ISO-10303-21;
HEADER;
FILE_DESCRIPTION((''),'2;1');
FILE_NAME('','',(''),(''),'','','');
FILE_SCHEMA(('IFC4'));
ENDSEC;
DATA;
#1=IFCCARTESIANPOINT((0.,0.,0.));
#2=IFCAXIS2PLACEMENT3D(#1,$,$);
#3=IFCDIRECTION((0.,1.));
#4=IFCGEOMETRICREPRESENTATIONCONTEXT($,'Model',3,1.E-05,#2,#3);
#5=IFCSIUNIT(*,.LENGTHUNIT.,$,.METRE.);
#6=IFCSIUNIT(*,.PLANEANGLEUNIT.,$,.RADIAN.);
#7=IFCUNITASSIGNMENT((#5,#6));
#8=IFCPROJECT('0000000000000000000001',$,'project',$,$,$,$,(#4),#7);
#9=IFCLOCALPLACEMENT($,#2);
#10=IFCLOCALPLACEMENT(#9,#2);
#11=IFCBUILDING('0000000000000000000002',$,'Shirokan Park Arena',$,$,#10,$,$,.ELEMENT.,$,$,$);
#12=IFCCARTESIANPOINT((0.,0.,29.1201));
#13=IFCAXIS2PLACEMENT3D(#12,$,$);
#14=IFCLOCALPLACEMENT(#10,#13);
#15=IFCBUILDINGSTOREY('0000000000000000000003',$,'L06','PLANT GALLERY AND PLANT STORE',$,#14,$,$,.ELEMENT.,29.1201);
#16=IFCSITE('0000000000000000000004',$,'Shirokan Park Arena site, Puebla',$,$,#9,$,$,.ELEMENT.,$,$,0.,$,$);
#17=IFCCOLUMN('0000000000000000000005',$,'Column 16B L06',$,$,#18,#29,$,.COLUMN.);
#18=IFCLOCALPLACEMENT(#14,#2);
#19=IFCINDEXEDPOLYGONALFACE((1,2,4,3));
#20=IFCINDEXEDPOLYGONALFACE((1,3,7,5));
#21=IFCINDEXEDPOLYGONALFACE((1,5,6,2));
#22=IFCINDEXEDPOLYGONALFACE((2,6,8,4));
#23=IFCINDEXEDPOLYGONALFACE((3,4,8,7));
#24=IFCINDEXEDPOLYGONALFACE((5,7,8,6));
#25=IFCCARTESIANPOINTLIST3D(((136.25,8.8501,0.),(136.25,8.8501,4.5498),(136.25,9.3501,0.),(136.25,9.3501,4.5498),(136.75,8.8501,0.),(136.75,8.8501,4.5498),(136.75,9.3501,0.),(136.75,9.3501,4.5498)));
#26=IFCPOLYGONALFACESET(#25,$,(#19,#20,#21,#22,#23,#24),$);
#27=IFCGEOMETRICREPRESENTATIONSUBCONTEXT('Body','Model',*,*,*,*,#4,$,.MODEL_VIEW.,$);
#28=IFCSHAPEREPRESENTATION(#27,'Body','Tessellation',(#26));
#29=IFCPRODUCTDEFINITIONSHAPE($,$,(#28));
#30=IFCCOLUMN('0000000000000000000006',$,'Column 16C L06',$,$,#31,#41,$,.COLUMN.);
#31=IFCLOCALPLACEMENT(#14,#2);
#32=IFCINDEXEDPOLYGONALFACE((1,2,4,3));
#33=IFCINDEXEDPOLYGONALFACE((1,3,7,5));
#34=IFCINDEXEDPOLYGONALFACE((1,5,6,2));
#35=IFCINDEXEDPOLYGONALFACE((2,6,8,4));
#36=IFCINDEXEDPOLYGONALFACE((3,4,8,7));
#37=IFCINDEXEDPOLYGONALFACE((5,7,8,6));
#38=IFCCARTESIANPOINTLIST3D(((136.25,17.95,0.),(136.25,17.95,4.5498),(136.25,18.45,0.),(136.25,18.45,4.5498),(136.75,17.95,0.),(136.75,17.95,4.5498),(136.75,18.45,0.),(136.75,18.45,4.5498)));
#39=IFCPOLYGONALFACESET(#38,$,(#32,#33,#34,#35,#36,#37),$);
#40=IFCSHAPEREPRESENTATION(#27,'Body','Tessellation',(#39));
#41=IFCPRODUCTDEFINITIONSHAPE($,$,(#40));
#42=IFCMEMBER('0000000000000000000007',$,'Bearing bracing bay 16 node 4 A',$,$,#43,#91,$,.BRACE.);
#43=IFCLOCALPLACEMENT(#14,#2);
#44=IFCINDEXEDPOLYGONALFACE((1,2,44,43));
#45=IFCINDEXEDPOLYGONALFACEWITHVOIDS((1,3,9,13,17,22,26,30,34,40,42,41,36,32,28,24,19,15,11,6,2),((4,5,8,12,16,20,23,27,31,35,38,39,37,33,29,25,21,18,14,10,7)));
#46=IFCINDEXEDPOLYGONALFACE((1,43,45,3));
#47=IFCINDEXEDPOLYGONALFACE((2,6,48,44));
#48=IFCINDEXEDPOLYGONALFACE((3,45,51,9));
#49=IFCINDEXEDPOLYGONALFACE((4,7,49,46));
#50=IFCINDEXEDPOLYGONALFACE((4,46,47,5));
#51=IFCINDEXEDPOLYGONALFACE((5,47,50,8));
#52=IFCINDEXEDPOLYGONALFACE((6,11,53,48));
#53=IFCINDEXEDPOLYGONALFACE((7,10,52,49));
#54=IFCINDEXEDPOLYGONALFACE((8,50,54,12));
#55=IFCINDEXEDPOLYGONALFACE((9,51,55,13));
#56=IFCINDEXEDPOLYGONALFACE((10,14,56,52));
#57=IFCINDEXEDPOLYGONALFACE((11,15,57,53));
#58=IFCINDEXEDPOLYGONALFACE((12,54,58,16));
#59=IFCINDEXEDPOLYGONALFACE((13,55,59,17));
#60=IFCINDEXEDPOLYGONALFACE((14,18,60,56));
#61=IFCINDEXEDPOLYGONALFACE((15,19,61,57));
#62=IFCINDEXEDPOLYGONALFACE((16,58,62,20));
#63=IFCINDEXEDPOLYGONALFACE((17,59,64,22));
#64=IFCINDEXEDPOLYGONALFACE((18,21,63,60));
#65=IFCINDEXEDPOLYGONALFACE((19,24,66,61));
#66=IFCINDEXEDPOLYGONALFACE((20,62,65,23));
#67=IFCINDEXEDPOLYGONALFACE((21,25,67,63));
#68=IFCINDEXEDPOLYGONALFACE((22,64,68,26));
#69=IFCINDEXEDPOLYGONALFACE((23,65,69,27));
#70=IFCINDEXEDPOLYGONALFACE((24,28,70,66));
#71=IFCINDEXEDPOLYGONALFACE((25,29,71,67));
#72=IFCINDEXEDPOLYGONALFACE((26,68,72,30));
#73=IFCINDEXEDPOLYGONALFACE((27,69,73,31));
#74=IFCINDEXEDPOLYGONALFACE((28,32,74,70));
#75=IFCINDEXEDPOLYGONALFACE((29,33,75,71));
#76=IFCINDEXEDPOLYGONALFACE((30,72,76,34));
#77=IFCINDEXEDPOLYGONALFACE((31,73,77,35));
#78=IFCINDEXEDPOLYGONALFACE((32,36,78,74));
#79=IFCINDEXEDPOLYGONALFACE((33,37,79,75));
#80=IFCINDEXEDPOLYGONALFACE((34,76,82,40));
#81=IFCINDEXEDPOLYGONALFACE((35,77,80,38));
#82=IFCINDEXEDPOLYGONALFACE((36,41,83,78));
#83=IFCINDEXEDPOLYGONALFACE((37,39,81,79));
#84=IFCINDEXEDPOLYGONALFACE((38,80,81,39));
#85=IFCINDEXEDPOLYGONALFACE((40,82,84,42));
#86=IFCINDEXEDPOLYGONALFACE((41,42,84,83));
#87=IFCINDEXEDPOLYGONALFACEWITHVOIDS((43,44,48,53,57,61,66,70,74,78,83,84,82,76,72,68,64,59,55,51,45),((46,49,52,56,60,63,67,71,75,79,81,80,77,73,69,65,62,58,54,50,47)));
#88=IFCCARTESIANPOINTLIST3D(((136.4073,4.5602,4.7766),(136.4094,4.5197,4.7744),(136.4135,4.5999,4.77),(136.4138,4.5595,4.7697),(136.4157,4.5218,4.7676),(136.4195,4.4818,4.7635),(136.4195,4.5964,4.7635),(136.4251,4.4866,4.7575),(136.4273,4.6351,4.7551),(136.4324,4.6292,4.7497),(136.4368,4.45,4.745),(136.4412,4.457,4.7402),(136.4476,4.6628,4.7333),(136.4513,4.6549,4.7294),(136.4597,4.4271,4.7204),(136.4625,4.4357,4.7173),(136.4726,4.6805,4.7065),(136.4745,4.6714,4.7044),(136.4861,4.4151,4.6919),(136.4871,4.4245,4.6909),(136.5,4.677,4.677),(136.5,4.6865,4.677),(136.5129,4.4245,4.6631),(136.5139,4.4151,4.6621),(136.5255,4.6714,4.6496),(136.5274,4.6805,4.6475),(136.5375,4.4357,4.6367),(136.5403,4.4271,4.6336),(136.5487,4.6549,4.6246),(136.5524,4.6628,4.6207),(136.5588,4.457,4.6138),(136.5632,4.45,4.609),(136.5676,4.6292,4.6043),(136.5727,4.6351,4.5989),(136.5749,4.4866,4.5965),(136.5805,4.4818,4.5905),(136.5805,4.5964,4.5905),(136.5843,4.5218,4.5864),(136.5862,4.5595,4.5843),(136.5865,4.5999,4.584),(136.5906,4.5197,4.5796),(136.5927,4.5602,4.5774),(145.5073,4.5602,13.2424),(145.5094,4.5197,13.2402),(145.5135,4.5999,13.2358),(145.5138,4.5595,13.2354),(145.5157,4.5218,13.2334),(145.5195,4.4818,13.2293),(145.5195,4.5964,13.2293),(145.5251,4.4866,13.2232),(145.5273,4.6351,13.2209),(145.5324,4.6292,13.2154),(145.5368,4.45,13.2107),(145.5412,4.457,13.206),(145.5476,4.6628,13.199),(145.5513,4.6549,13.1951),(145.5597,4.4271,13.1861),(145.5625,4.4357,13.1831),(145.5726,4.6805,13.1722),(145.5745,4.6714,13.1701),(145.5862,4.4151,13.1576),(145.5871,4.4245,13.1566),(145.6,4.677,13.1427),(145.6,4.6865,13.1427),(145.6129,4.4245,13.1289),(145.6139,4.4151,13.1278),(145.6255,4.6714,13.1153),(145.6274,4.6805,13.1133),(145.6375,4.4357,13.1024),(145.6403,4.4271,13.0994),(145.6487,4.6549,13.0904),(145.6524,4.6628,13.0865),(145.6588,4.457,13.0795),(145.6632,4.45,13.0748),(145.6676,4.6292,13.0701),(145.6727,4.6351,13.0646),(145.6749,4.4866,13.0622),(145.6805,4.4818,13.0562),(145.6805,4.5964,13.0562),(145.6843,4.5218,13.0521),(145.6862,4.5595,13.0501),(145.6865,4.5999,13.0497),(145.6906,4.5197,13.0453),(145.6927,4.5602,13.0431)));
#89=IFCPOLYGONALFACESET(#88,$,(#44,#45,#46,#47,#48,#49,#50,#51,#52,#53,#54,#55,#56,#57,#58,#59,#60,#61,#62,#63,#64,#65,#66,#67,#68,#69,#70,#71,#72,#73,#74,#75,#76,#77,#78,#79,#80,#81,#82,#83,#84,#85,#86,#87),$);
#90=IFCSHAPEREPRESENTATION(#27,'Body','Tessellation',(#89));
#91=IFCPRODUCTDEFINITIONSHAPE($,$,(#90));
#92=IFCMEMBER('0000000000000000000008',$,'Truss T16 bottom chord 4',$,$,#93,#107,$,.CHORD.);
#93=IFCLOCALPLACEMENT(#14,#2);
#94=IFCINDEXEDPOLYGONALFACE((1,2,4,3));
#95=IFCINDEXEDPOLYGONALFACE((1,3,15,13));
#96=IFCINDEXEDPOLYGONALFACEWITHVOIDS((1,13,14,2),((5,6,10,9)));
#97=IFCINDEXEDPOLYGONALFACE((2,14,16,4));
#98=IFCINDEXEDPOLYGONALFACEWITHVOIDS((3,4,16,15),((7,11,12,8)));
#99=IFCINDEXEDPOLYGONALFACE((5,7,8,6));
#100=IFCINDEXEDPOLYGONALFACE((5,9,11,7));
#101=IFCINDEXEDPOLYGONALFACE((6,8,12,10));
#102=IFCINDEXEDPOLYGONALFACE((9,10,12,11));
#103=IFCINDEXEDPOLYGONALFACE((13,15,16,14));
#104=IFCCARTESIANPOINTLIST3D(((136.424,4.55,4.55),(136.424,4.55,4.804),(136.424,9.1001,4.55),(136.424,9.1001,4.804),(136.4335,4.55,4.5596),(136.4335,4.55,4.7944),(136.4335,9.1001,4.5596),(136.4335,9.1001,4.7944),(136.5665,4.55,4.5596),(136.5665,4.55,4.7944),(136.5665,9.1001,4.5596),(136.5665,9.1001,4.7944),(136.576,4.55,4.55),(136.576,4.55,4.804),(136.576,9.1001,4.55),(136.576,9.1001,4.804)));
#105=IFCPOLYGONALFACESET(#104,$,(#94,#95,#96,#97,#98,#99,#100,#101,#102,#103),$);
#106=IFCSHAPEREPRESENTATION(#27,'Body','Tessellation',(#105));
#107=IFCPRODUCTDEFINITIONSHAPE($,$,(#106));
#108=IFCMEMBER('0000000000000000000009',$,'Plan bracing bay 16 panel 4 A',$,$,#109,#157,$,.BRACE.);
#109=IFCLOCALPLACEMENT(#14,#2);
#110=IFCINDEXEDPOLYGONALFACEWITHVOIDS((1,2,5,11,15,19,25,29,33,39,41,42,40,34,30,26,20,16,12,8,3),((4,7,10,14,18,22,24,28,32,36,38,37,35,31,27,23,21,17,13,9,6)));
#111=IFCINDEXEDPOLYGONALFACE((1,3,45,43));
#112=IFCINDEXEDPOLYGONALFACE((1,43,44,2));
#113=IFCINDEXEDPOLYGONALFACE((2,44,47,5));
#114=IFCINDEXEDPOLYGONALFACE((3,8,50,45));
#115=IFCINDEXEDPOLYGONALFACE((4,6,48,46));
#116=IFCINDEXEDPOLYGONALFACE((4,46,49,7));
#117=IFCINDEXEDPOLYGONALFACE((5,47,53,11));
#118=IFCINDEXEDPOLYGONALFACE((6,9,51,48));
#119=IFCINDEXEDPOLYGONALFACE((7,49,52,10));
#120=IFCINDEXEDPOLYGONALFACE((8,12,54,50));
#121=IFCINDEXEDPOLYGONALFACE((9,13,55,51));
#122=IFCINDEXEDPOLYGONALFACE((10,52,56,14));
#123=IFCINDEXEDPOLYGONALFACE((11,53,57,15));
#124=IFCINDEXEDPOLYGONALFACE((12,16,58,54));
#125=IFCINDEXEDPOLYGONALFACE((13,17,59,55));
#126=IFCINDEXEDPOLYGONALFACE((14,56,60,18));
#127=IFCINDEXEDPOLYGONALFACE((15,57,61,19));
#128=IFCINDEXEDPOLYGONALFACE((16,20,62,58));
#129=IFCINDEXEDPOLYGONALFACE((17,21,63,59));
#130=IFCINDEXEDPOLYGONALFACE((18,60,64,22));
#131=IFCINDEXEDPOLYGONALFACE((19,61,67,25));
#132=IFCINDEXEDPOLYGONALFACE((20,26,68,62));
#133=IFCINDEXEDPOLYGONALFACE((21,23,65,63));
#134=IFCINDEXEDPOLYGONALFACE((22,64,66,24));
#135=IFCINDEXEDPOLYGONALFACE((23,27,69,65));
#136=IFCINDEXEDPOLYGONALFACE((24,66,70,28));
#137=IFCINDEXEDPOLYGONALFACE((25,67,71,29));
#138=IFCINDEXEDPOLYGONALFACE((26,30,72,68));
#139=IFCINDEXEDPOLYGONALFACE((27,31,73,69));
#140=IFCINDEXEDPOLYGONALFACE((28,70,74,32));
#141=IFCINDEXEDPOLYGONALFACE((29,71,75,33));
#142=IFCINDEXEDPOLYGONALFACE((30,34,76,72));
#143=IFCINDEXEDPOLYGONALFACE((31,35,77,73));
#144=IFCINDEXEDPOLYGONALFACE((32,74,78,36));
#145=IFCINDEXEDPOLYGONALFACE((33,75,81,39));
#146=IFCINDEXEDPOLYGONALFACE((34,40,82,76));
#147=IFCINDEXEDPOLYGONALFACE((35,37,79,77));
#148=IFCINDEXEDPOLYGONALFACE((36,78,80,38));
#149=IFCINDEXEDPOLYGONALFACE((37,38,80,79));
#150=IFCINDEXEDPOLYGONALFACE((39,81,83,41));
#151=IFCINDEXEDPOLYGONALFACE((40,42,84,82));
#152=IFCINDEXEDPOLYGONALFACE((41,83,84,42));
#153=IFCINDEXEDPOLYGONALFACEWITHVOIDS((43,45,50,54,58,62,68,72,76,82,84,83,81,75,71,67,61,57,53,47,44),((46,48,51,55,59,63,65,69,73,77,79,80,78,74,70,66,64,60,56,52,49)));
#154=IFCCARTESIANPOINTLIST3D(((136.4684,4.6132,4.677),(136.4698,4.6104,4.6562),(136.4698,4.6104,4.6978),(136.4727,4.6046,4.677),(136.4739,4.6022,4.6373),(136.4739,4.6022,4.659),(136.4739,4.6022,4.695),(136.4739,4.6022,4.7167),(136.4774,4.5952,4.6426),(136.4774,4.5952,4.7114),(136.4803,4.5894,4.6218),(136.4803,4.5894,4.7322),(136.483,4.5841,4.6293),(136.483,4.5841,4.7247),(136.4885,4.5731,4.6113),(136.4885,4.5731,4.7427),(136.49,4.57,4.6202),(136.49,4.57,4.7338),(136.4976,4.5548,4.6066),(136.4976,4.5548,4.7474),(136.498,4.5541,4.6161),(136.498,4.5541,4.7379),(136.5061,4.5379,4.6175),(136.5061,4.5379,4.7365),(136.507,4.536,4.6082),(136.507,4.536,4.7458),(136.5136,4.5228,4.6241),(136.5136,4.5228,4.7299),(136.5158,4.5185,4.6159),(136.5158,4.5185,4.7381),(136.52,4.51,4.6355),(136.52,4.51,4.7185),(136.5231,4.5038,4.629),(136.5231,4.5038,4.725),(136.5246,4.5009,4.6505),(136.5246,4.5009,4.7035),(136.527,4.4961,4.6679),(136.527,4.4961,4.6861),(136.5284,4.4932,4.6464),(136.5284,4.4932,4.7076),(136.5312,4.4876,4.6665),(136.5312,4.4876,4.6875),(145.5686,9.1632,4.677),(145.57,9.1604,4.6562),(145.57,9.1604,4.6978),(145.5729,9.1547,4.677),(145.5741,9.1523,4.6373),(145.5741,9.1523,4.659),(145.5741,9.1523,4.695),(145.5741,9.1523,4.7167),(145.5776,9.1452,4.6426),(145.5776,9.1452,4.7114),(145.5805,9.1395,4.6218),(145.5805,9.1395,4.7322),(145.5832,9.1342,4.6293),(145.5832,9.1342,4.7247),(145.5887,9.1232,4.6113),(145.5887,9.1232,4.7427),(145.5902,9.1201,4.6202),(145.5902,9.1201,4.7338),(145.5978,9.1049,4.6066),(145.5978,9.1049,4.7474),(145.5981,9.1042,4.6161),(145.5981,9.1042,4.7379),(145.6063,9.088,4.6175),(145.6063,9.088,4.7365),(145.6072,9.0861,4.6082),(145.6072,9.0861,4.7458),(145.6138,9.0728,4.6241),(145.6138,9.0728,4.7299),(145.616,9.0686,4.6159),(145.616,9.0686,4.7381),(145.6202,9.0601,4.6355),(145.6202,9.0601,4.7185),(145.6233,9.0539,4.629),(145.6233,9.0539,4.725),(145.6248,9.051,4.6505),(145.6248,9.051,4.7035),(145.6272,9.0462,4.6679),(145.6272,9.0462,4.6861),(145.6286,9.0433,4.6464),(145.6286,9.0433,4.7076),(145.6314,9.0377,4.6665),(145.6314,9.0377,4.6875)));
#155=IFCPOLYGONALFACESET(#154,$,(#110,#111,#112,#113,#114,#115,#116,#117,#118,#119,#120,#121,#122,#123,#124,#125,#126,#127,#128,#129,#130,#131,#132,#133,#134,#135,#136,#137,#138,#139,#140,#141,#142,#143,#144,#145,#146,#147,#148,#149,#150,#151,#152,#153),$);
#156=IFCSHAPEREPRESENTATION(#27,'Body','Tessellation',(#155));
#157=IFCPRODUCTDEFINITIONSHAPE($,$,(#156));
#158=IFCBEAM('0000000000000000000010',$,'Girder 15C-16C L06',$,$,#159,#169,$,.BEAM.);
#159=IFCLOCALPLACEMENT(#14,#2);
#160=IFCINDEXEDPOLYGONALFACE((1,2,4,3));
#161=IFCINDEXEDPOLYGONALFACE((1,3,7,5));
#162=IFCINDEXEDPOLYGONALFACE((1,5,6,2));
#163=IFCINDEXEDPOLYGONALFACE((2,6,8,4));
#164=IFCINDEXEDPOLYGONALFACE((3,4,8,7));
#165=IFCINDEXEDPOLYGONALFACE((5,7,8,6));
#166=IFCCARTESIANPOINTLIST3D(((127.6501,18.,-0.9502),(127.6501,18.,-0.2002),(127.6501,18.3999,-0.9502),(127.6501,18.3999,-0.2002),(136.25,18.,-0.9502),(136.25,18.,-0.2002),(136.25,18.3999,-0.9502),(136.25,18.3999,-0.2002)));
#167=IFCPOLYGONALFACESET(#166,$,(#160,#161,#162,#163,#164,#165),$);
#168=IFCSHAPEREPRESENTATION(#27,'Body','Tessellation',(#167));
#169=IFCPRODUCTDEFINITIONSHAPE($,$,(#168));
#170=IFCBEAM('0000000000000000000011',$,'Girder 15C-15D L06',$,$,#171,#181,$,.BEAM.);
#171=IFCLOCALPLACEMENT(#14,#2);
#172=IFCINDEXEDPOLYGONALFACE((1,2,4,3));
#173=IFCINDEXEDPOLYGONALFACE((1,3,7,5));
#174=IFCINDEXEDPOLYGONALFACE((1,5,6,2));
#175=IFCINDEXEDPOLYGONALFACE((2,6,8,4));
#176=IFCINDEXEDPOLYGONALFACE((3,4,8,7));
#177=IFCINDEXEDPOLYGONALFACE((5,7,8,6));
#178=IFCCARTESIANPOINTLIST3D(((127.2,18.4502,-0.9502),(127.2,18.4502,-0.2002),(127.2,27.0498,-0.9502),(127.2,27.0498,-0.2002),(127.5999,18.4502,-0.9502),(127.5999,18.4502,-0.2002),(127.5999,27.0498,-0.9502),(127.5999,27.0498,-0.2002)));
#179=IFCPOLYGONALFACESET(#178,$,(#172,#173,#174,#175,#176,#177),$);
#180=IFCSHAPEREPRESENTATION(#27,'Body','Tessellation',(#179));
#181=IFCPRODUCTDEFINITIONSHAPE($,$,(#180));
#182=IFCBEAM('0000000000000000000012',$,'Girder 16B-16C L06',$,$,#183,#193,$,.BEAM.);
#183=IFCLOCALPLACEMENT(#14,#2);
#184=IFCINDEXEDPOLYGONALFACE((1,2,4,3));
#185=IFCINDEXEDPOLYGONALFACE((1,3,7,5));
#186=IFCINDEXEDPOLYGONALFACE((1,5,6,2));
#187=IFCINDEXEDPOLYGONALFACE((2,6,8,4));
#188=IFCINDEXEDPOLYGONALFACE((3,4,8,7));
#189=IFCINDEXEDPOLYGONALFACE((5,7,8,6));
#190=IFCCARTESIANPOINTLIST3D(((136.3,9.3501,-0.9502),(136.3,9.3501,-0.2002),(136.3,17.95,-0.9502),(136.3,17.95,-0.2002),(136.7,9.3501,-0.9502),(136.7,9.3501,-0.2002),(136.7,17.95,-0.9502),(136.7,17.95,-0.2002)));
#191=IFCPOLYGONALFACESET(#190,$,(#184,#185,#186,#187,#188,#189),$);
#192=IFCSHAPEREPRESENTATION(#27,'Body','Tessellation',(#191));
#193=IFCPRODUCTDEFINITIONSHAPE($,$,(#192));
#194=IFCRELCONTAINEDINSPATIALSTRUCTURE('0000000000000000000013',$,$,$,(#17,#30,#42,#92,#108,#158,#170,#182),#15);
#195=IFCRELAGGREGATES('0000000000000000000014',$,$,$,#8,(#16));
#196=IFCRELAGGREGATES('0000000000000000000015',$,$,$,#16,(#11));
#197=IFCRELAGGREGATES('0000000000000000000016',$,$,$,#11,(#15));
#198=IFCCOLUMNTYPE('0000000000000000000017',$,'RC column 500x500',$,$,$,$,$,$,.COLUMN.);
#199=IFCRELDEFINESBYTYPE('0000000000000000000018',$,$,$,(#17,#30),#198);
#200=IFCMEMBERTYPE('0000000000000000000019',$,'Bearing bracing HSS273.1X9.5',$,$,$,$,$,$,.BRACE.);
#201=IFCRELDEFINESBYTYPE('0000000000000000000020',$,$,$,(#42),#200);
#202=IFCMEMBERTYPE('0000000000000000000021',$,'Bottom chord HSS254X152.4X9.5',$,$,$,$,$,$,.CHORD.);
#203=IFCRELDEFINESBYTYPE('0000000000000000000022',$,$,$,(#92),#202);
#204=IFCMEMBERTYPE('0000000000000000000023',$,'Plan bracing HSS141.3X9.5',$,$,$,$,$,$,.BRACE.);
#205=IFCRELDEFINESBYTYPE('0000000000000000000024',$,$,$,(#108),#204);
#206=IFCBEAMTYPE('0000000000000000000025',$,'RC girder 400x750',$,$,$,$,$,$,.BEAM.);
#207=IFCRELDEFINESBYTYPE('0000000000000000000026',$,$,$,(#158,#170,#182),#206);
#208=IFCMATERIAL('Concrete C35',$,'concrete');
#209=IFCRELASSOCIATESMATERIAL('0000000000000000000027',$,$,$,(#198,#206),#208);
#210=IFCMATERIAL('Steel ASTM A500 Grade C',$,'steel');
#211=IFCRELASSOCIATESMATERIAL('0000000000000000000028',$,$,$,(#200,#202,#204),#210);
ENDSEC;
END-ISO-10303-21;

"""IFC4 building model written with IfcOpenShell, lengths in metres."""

from ifc_helpers import new_model, si_unit, direction, frame, origin, origin_2d, place, context, subcontext, project, spatial, rectangle, hollow_rectangle, hollow_circle, extrude, material, material_profile, profile_set, type_object, element, save


model = new_model("IFC4")

# Units and contexts
model_context = context("Model", 3, precision=1e-05, world=origin(), true_north=direction((0.0, 1.0)))
body_context = subcontext(model_context, "Body", "Model", "MODEL_VIEW")
ifc_project = project(units=[si_unit("LENGTHUNIT", "METRE"), si_unit("PLANEANGLEUNIT", "RADIAN")], contexts=[model_context])

# Site, building, storey
site_placement = place(None, origin())
site = spatial("IfcSite", under=ifc_project, at=site_placement, Name="Shirokan Park Arena site, Puebla", CompositionType="ELEMENT", RefElevation=0.0)
building_placement = place(site_placement, origin())
building = spatial("IfcBuilding", under=site, at=building_placement, Name="Shirokan Park Arena", CompositionType="ELEMENT")
storey_placement = place(building_placement, frame((0.0, 0.0, 29.1201)))
storey = spatial("IfcBuildingStorey", under=building, at=storey_placement, Name="L06", Description="PLANT GALLERY AND PLANT STORE", CompositionType="ELEMENT", Elevation=29.1201)

# Columns
ifc_material_1 = material(Name="Concrete C35", Category="concrete")
ifc_material_profile_1 = material_profile(ifc_material_1, rectangle(XDim=0.5, YDim=0.5, at=origin_2d()), Name="500x500")
ifc_profile_set_1 = profile_set([ifc_material_profile_1], Name="Concrete C35")
column_type = type_object("IfcColumnType", Name="RC column 500x500", PredefinedType="COLUMN", material=ifc_profile_set_1)
for number, where, z_axis, x_axis, name in (
    (1, (136.5, 9.1001, 0.0), (0.0, 0.0, 1.0), (1.0, 0.0, 0.0), "Column 16B L06"),
    (2, (136.5, 18.2, 0.0), (0.0, 0.0, 1.0), (1.0, 0.0, 0.0), "Column 16C L06"),
):
    element("IfcColumn", number, at=place(storey_placement, frame(where, z_axis=z_axis, x_axis=x_axis)), inside=storey, type_object=column_type, Name=name, PredefinedType="COLUMN", context=body_context, shape_type="SweptSolid", body=[
        extrude(rectangle(XDim=0.5, YDim=0.5, at=origin_2d()), origin(), (0.0, 0.0, 1.0), 4.5498),
    ])

# Members
ifc_material_2 = material(Name="Steel ASTM A500 Grade C", Category="steel")
ifc_material_profile_2 = material_profile(ifc_material_2, hollow_circle(Radius=0.1365, WallThickness=0.0095, at=origin_2d()), Name="HSS273.1X9.5")
ifc_profile_set_2 = profile_set([ifc_material_profile_2], Name="Steel ASTM A500 Grade C")
member_type_1 = type_object("IfcMemberType", Name="Bearing bracing HSS273.1X9.5", PredefinedType="BRACE", material=ifc_profile_set_2)
member_1_placement = place(storey_placement, frame((136.5, 4.55, 4.677), z_axis=(0.732162, 0.0, 0.68113), x_axis=(0.0, 1.0, 0.0)))
element("IfcMember", 3, at=member_1_placement, inside=storey, type_object=member_type_1, Name="Bearing bracing bay 16 node 4 A", PredefinedType="BRACE", context=body_context, shape_type="SweptSolid", body=[
    extrude(hollow_circle(Radius=0.1365, WallThickness=0.0095, at=origin_2d()), origin(), (0.0, 0.0, 1.0), 12.429),
])
ifc_material_profile_3 = material_profile(ifc_material_2, hollow_rectangle(XDim=0.1521, YDim=0.2539, WallThickness=0.0095, at=origin_2d()), Name="HSS254X152.4X9.5")
ifc_profile_set_3 = profile_set([ifc_material_profile_3], Name="Steel ASTM A500 Grade C")
member_type_2 = type_object("IfcMemberType", Name="Bottom chord HSS254X152.4X9.5", PredefinedType="CHORD", material=ifc_profile_set_3)
member_2_placement = place(storey_placement, frame((136.5, 4.55, 4.677), z_axis=(0.0, 1.0, 0.0), x_axis=(-1.0, 0.0, 0.0)))
element("IfcMember", 4, at=member_2_placement, inside=storey, type_object=member_type_2, Name="Truss T16 bottom chord 4", PredefinedType="CHORD", context=body_context, shape_type="SweptSolid", body=[
    extrude(hollow_rectangle(XDim=0.1521, YDim=0.2539, WallThickness=0.0095, at=origin_2d()), origin(), (0.0, 0.0, 1.0), 4.55),
])
ifc_material_profile_4 = material_profile(ifc_material_2, hollow_circle(Radius=0.0706, WallThickness=0.0095, at=origin_2d()), Name="HSS141.3X9.5")
ifc_profile_set_4 = profile_set([ifc_material_profile_4], Name="Steel ASTM A500 Grade C")
member_type_3 = type_object("IfcMemberType", Name="Plan bracing HSS141.3X9.5", PredefinedType="BRACE", material=ifc_profile_set_4)
member_3_placement = place(storey_placement, frame((136.5, 4.55, 4.677), z_axis=(0.894427, 0.447214, 0.0), x_axis=(-0.447214, 0.894427, 0.0)))
element("IfcMember", 5, at=member_3_placement, inside=storey, type_object=member_type_3, Name="Plan bracing bay 16 panel 4 A", PredefinedType="BRACE", context=body_context, shape_type="SweptSolid", body=[
    extrude(hollow_circle(Radius=0.0706, WallThickness=0.0095, at=origin_2d()), origin(), (0.0, 0.0, 1.0), 10.1743),
])

# Beams
ifc_material_profile_5 = material_profile(ifc_material_1, rectangle(XDim=0.3999, YDim=0.75, at=origin_2d()), Name="400x750")
ifc_profile_set_5 = profile_set([ifc_material_profile_5], Name="Concrete C35")
beam_type_1 = type_object("IfcBeamType", Name="RC girder 400x750", PredefinedType="BEAM", material=ifc_profile_set_5)
beam_1_placement = place(storey_placement, frame((127.6501, 18.2, -0.5752), z_axis=(1.0, 0.0, 0.0), x_axis=(0.0, 1.0, 0.0)))
element("IfcBeam", 6, at=beam_1_placement, inside=storey, type_object=beam_type_1, Name="Girder 15C-16C L06", PredefinedType="BEAM", context=body_context, shape_type="SweptSolid", body=[
    extrude(rectangle(XDim=0.3999, YDim=0.75, at=origin_2d()), origin(), (0.0, 0.0, 1.0), 8.5999),
])
beam_2_placement = place(storey_placement, frame((127.3999, 18.4502, -0.5752), z_axis=(0.0, 1.0, 0.0), x_axis=(-1.0, 0.0, 0.0)))
element("IfcBeam", 7, at=beam_2_placement, inside=storey, type_object=beam_type_1, Name="Girder 15C-15D L06", PredefinedType="BEAM", context=body_context, shape_type="SweptSolid", body=[
    extrude(rectangle(XDim=0.3999, YDim=0.75, at=origin_2d()), origin(), (0.0, 0.0, 1.0), 8.5996),
])
beam_3_placement = place(storey_placement, frame((136.5, 9.3501, -0.5752), z_axis=(0.0, 1.0, 0.0), x_axis=(-1.0, 0.0, 0.0)))
element("IfcBeam", 8, at=beam_3_placement, inside=storey, type_object=beam_type_1, Name="Girder 16B-16C L06", PredefinedType="BEAM", context=body_context, shape_type="SweptSolid", body=[
    extrude(rectangle(XDim=0.3999, YDim=0.75, at=origin_2d()), origin(), (0.0, 0.0, 1.0), 8.5999),
])

save(model, "model.ifc")
